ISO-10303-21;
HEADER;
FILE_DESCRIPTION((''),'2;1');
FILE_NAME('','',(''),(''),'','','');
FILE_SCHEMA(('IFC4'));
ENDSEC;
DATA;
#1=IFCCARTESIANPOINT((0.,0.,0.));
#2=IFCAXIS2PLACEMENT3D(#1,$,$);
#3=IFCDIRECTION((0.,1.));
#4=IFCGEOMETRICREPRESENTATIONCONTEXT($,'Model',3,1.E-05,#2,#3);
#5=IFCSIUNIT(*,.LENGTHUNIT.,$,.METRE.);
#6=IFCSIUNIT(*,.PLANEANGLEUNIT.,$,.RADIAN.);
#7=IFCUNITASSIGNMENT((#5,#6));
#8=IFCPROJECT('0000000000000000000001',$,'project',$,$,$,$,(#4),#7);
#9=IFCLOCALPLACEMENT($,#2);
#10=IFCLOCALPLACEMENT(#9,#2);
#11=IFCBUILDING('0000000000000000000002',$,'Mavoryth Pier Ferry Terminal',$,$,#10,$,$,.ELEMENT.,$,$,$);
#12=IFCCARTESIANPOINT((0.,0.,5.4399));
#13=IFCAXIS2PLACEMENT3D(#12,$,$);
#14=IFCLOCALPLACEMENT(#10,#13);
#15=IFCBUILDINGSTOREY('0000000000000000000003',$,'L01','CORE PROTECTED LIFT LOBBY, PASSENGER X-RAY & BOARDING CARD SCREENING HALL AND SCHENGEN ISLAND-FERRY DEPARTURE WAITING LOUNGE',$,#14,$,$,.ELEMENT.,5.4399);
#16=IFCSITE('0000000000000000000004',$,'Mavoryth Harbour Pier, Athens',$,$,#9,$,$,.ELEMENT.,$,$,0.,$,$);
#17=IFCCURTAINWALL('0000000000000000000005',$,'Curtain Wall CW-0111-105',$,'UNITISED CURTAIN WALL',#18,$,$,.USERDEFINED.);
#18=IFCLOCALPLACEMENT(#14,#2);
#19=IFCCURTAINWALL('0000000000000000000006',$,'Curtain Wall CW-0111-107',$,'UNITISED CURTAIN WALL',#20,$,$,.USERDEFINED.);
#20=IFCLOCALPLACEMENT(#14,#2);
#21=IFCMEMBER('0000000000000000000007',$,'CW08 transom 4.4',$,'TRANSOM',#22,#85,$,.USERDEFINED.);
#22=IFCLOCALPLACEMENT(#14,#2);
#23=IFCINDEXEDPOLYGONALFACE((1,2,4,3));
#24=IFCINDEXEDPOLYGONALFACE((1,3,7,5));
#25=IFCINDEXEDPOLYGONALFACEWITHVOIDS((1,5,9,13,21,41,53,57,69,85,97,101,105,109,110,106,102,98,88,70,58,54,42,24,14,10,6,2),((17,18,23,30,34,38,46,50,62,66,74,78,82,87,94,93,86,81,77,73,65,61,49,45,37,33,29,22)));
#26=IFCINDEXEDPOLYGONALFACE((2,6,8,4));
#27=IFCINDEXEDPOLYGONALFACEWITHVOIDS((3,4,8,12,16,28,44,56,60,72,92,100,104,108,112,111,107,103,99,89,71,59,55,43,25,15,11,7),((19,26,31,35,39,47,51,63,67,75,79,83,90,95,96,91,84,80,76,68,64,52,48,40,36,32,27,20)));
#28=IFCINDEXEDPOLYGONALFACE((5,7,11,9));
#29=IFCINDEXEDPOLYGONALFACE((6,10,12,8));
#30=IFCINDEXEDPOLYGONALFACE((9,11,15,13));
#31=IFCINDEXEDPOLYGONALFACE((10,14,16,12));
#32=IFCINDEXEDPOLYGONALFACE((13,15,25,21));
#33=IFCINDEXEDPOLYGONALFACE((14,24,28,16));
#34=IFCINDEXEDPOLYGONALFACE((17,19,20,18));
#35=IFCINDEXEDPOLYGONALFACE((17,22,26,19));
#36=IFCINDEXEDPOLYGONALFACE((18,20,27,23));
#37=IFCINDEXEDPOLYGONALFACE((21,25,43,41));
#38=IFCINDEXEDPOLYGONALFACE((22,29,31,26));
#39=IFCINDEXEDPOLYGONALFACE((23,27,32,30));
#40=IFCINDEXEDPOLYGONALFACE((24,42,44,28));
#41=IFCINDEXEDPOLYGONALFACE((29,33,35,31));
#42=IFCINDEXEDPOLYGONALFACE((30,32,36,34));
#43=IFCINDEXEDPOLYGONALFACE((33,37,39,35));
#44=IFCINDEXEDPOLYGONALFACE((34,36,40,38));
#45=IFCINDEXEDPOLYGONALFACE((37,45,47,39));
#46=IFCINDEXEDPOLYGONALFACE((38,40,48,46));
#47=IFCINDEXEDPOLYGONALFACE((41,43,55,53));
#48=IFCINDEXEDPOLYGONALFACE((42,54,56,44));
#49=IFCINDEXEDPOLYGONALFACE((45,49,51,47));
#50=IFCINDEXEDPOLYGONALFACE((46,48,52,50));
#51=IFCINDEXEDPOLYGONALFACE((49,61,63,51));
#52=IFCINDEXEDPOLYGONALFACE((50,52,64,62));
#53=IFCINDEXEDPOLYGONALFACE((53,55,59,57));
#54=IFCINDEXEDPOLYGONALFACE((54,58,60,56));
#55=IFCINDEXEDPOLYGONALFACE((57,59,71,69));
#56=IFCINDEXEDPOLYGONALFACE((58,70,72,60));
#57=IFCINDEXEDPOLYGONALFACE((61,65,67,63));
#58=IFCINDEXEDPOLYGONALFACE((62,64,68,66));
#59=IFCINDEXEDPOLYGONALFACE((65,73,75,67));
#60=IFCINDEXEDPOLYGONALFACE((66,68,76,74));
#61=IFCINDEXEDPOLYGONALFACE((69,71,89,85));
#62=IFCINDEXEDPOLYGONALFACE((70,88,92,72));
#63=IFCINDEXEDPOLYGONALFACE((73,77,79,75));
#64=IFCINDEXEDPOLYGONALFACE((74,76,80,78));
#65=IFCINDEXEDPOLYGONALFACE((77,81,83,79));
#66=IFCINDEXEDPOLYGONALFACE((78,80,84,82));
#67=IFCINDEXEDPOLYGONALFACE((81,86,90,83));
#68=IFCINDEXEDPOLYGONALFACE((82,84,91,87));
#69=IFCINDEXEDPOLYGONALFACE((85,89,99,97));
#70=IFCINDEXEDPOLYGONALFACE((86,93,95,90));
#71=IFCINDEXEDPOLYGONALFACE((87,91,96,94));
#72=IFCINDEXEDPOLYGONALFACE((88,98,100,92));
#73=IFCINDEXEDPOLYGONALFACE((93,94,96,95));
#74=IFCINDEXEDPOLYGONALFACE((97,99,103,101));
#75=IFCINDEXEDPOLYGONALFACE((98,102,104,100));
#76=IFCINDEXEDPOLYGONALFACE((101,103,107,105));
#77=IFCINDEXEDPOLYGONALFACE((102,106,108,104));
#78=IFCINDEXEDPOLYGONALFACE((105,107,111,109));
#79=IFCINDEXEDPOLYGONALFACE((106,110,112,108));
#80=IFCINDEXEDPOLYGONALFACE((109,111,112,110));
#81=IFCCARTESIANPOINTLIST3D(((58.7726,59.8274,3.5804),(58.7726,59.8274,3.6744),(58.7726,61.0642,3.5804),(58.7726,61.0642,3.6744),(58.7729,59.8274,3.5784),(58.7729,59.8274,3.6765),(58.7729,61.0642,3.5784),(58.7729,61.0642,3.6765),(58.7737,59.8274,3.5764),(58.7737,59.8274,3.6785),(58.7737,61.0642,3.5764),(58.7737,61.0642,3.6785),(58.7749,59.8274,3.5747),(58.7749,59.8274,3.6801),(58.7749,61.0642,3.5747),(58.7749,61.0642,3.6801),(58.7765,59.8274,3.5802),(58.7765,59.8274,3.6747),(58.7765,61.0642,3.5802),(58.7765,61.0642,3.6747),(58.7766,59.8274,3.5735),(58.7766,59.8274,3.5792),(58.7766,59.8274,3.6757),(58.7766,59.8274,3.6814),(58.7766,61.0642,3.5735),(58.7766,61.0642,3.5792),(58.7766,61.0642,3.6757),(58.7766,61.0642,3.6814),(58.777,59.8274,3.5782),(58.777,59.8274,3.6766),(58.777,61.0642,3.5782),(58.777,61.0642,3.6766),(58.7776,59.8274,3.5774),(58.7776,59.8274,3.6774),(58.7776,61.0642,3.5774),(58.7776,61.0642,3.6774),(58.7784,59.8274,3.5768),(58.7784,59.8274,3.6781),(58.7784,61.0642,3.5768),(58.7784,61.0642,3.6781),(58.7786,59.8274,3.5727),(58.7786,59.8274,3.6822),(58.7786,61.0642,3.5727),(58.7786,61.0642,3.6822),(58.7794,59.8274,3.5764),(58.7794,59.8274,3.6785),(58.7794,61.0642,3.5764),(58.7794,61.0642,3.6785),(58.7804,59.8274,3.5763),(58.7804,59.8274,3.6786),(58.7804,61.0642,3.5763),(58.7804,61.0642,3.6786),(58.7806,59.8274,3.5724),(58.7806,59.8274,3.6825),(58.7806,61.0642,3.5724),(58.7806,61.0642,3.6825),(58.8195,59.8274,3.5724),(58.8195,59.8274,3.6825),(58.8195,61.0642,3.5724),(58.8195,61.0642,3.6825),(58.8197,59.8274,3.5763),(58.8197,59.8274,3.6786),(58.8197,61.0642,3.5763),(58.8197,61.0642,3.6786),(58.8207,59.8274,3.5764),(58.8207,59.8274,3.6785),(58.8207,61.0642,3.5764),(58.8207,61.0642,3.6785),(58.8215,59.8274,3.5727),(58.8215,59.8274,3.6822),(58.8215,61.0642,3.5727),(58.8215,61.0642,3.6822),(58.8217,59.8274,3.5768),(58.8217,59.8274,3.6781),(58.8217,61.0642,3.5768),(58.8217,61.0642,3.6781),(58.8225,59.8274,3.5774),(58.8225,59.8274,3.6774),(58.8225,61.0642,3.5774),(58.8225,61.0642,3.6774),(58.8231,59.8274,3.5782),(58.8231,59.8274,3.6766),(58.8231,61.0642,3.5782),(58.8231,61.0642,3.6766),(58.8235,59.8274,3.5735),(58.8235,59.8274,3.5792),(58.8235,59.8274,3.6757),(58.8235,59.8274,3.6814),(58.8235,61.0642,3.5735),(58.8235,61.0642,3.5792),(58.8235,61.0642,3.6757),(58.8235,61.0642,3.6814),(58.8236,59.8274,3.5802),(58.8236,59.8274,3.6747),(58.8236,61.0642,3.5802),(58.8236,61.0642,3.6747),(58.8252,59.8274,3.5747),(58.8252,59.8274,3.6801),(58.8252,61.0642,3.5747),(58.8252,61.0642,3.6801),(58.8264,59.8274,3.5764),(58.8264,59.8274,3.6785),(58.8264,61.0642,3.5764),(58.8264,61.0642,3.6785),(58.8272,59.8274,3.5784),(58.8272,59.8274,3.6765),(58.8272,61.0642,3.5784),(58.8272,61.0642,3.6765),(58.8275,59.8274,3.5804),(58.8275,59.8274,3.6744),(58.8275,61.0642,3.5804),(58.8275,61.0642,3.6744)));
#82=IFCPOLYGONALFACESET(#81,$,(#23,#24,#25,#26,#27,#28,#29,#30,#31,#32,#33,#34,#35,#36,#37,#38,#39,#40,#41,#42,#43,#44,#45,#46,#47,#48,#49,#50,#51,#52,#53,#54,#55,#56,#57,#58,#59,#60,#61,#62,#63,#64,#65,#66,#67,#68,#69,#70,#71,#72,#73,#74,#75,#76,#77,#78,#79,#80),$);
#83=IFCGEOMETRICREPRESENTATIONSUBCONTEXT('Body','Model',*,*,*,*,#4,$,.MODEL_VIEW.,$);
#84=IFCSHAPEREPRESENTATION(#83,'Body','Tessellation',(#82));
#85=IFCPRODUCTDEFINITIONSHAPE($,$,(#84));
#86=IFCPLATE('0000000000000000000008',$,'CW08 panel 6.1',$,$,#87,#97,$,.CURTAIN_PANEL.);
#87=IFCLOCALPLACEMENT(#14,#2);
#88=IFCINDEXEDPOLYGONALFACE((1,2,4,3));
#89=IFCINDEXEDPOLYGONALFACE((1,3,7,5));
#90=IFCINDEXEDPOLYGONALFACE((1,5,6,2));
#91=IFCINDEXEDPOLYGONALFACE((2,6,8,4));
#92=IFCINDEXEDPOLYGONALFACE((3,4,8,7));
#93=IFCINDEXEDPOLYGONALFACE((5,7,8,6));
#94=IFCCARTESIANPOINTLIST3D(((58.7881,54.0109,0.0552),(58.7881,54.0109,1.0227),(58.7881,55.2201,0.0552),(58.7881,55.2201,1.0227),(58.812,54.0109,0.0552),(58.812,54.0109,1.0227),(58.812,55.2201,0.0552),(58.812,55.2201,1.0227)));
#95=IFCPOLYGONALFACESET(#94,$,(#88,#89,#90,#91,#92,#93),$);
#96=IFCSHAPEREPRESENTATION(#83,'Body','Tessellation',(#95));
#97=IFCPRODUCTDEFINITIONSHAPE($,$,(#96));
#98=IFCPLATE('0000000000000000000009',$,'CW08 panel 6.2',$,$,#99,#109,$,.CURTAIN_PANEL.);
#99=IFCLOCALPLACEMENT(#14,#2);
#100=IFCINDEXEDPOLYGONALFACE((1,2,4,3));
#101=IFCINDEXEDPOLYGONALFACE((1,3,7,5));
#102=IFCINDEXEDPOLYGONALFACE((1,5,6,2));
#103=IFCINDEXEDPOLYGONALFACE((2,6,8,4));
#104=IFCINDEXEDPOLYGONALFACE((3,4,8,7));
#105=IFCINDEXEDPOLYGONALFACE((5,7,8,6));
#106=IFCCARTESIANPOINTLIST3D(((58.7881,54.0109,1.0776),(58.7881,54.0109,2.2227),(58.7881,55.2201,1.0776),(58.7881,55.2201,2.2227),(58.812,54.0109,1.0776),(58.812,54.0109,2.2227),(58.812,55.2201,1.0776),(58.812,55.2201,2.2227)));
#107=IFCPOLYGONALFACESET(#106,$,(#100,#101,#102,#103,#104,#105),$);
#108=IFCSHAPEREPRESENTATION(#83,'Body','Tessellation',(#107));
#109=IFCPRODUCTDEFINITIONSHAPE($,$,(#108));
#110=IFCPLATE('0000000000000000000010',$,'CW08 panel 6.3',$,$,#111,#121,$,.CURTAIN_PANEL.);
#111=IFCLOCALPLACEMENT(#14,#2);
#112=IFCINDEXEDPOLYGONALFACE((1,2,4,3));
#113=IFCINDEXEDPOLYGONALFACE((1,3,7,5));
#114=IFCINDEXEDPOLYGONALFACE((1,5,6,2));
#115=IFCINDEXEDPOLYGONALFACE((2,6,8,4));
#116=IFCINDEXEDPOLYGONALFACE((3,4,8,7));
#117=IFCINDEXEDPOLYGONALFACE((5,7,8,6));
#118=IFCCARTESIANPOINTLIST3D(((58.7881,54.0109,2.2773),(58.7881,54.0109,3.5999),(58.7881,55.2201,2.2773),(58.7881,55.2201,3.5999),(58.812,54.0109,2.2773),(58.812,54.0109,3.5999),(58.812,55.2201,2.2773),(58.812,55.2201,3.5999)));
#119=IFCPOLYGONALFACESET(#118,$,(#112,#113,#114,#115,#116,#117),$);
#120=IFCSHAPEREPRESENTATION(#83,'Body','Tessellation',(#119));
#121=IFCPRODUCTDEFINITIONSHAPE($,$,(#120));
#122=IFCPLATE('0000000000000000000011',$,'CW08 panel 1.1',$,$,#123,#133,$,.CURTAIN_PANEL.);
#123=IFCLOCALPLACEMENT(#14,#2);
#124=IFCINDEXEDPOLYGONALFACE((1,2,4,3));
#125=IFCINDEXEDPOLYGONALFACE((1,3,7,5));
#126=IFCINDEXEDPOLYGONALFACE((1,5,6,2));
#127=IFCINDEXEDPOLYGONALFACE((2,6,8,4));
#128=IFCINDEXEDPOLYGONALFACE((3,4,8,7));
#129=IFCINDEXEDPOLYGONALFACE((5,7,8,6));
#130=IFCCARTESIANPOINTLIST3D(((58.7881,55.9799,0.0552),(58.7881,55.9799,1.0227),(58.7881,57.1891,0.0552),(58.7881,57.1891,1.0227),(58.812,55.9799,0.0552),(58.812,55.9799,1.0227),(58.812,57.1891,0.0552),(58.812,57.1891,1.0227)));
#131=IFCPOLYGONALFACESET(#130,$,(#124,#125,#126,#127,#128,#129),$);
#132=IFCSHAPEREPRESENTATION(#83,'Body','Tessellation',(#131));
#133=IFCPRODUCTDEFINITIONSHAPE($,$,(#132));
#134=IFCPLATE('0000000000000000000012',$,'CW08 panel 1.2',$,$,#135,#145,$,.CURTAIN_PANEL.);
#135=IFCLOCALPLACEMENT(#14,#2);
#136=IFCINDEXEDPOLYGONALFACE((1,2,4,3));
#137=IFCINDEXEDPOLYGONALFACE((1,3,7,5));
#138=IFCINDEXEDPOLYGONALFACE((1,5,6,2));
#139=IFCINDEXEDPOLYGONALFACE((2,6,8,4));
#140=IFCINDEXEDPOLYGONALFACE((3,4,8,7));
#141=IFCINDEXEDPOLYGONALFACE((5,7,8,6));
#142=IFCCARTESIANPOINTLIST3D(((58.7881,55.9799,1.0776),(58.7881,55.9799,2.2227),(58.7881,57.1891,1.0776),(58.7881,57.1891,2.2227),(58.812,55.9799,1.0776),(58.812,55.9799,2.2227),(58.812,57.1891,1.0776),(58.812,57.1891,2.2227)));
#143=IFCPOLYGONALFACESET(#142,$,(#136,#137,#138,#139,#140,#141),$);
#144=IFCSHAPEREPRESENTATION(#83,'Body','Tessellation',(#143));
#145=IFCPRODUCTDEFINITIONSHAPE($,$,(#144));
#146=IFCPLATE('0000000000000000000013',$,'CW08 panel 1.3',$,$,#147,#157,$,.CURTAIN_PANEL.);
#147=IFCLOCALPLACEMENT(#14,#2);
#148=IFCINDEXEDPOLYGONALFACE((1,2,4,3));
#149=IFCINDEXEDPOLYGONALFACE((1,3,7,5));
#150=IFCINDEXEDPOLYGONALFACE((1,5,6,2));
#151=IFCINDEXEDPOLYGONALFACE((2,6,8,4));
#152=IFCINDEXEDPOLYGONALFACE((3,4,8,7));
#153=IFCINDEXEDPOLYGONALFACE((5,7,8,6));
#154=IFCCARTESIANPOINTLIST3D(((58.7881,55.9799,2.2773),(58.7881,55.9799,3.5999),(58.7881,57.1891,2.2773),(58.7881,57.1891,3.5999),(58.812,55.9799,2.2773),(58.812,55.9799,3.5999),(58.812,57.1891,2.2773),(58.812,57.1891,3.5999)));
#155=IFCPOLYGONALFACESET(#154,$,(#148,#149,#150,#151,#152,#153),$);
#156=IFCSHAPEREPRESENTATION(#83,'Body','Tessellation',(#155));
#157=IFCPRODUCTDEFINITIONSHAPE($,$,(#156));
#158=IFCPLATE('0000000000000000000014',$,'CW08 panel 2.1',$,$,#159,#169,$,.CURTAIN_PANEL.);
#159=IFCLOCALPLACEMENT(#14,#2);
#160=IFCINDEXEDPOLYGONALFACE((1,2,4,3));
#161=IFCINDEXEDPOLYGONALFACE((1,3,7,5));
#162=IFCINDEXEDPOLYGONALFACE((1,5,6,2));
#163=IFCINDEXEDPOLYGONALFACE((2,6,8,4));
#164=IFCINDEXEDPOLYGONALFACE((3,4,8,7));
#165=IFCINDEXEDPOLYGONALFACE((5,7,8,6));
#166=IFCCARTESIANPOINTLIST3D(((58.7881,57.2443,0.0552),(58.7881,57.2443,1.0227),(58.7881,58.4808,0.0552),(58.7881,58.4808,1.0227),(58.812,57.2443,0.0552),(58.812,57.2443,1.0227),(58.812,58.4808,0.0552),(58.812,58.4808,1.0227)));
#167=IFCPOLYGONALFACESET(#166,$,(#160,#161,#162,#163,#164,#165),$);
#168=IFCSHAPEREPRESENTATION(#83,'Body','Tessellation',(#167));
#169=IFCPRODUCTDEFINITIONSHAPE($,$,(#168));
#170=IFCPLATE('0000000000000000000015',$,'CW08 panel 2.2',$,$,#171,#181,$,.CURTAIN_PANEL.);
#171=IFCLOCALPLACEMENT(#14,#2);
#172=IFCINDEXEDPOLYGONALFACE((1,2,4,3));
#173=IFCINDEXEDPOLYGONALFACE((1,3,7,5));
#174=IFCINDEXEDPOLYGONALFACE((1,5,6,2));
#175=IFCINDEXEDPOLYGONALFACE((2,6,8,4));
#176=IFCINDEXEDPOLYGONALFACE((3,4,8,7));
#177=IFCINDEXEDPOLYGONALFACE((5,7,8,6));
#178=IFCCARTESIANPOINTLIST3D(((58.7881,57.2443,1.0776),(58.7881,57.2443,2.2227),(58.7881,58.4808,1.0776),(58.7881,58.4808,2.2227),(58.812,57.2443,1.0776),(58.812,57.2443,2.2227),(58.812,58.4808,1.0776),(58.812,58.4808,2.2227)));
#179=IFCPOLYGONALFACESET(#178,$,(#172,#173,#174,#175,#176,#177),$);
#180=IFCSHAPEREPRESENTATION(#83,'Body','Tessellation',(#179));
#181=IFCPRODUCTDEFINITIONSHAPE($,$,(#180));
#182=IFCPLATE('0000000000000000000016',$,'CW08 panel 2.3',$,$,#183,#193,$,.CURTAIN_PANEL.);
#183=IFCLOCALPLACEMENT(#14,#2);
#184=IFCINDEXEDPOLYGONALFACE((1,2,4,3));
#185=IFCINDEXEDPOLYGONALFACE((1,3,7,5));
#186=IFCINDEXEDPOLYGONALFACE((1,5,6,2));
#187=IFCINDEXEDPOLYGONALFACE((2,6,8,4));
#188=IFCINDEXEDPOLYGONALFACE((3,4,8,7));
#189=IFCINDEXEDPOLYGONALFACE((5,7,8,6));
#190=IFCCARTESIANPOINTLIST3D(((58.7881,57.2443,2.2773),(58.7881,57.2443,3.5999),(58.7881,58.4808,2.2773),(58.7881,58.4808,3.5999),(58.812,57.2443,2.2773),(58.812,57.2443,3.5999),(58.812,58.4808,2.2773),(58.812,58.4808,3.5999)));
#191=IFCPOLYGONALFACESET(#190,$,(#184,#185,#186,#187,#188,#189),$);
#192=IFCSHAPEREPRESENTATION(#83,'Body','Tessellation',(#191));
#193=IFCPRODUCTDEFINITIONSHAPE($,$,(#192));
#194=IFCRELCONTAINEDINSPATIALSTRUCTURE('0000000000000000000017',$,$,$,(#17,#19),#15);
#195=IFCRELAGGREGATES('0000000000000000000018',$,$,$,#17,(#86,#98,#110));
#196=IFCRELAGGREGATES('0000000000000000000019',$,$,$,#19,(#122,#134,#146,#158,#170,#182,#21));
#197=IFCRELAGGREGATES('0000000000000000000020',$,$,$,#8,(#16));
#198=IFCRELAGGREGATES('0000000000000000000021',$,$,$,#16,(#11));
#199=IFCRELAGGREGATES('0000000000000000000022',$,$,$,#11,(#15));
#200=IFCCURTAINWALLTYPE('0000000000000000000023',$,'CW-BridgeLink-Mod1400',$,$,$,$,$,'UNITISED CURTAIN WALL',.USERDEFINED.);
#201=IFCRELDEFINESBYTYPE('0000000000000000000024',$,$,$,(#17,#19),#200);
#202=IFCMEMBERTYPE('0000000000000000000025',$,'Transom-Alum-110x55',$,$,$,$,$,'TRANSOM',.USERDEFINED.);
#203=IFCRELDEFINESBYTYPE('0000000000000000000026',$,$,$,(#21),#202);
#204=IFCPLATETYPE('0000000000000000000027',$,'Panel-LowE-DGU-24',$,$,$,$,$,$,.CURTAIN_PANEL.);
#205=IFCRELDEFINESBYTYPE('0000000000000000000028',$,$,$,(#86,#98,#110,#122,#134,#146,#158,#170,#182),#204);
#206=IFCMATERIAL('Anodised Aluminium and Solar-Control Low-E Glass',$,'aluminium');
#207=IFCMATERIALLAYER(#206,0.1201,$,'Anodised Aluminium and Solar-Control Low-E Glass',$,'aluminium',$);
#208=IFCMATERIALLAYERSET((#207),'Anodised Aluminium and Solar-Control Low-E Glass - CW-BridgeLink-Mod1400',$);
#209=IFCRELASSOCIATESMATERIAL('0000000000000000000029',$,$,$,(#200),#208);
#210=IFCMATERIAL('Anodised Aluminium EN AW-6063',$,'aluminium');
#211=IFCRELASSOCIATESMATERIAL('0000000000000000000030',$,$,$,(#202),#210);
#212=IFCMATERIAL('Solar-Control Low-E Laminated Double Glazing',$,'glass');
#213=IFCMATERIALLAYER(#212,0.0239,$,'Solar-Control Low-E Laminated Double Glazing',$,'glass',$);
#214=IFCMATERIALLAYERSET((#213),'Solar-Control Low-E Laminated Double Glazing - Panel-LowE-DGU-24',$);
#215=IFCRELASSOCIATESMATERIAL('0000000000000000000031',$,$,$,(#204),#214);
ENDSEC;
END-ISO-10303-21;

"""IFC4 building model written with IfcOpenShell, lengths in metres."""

from ifc_helpers import new_model, si_unit, direction, frame, origin, origin_2d, place, context, subcontext, project, spatial, rectangle, hollow_rectangle, extrude, material, layer, layer_set, material_profile, profile_set, type_object, element, aggregate, save


model = new_model("IFC4")

# Units and contexts
model_context = context("Model", 3, precision=1e-05, world=origin(), true_north=direction((0.0, 1.0)))
body_context = subcontext(model_context, "Body", "Model", "MODEL_VIEW")
ifc_project = project(units=[si_unit("LENGTHUNIT", "METRE"), si_unit("PLANEANGLEUNIT", "RADIAN")], contexts=[model_context])

# Site, building, storey
site_placement = place(None, origin())
site = spatial("IfcSite", under=ifc_project, at=site_placement, Name="Mavoryth Harbour Pier, Athens", CompositionType="ELEMENT", RefElevation=0.0)
building_placement = place(site_placement, origin())
building = spatial("IfcBuilding", under=site, at=building_placement, Name="Mavoryth Pier Ferry Terminal", CompositionType="ELEMENT")
storey_placement = place(building_placement, frame((0.0, 0.0, 5.4399)))
storey = spatial("IfcBuildingStorey", under=building, at=storey_placement, Name="L01", Description="CORE PROTECTED LIFT LOBBY, PASSENGER X-RAY & BOARDING CARD SCREENING HALL AND SCHENGEN ISLAND-FERRY DEPARTURE WAITING LOUNGE", CompositionType="ELEMENT", Elevation=5.4399)

# Curtain wall
ifc_material_1 = material(Name="Anodised Aluminium and Solar-Control Low-E Glass", Category="aluminium")
ifc_layer_1 = layer(ifc_material_1, 0.1201, Name="Anodised Aluminium and Solar-Control Low-E Glass", Category="aluminium")
ifc_layer_set_1 = layer_set([ifc_layer_1], Name="Anodised Aluminium and Solar-Control Low-E Glass - CW-BridgeLink-Mod1400")
curtain_wall_type = type_object("IfcCurtainWallType", Name="CW-BridgeLink-Mod1400", ElementType="UNITISED CURTAIN WALL", PredefinedType="USERDEFINED", material=ifc_layer_set_1)
curtain_wall_1_placement = place(storey_placement, origin())
curtain_wall_1 = element("IfcCurtainWall", 1, at=curtain_wall_1_placement, inside=storey, type_object=curtain_wall_type, Name="Curtain Wall CW-0111-105", ObjectType="UNITISED CURTAIN WALL", PredefinedType="USERDEFINED")
ifc_material_2 = material(Name="Anodised Aluminium EN AW-6063", Category="aluminium")

# Curtain wall
curtain_wall_2_placement = place(storey_placement, origin())
curtain_wall_2 = element("IfcCurtainWall", 2, at=curtain_wall_2_placement, inside=storey, type_object=curtain_wall_type, Name="Curtain Wall CW-0111-107", ObjectType="UNITISED CURTAIN WALL", PredefinedType="USERDEFINED")

# Member
ifc_material_profile_1 = material_profile(ifc_material_2, hollow_rectangle(XDim=0.0549, YDim=0.1101, WallThickness=0.0039, InnerFilletRadius=0.0039, OuterFilletRadius=0.0081, at=origin_2d()), Name="AL-TRAN 110x55x4", Category="aluminium")
ifc_profile_set_1 = profile_set([ifc_material_profile_1], Name="Anodised Aluminium EN AW-6063 - AL-TRAN 110x55x4")
member_type_1 = type_object("IfcMemberType", Name="Transom-Alum-110x55", ElementType="TRANSOM", PredefinedType="USERDEFINED", material=ifc_profile_set_1)
member_1_placement = place(storey_placement, frame((58.8, 59.8274, 3.6274), z_axis=(0.0, 1.0, 0.0), x_axis=(-1.0, 0.0, 0.0)))
member_1 = element("IfcMember", 3, at=member_1_placement, type_object=member_type_1, Name="CW08 transom 4.4", ObjectType="TRANSOM", PredefinedType="USERDEFINED", context=body_context, shape_type="SweptSolid", body=[
    extrude(hollow_rectangle(XDim=0.0549, YDim=0.1101, WallThickness=0.0039, InnerFilletRadius=0.0039, OuterFilletRadius=0.0081, at=origin_2d()), origin(), (0.0, 0.0, 1.0), 1.2368),
])

# Plates
ifc_material_3 = material(Name="Solar-Control Low-E Laminated Double Glazing", Category="glass")
ifc_layer_2 = layer(ifc_material_3, 0.0239, Name="Solar-Control Low-E Laminated Double Glazing", Category="glass")
ifc_layer_set_2 = layer_set([ifc_layer_2], Name="Solar-Control Low-E Laminated Double Glazing - Panel-LowE-DGU-24")
plate_type = type_object("IfcPlateType", Name="Panel-LowE-DGU-24", PredefinedType="CURTAIN_PANEL", material=ifc_layer_set_2)
plate_1_placement = place(storey_placement, frame((58.8, 54.6155, 0.0552), z_axis=(0.0, 0.0, 1.0), x_axis=(0.0, 1.0, 0.0)))
plate_1 = element("IfcPlate", 4, at=plate_1_placement, type_object=plate_type, Name="CW08 panel 6.1", PredefinedType="CURTAIN_PANEL", context=body_context, shape_type="SweptSolid", body=[
    extrude(rectangle(XDim=1.2092, YDim=0.0239, at=origin_2d()), origin(), (0.0, 0.0, 1.0), 0.9675),
])
plate_2_placement = place(storey_placement, frame((58.8, 54.6155, 1.0776), z_axis=(0.0, 0.0, 1.0), x_axis=(0.0, 1.0, 0.0)))
plate_2 = element("IfcPlate", 5, at=plate_2_placement, type_object=plate_type, Name="CW08 panel 6.2", PredefinedType="CURTAIN_PANEL", context=body_context, shape_type="SweptSolid", body=[
    extrude(rectangle(XDim=1.2092, YDim=0.0239, at=origin_2d()), origin(), (0.0, 0.0, 1.0), 1.145),
])
plate_3_placement = place(storey_placement, frame((58.8, 54.6155, 2.2773), z_axis=(0.0, 0.0, 1.0), x_axis=(0.0, 1.0, 0.0)))
plate_3 = element("IfcPlate", 6, at=plate_3_placement, type_object=plate_type, Name="CW08 panel 6.3", PredefinedType="CURTAIN_PANEL", context=body_context, shape_type="SweptSolid", body=[
    extrude(rectangle(XDim=1.2092, YDim=0.0239, at=origin_2d()), origin(), (0.0, 0.0, 1.0), 1.3225),
])
aggregate(curtain_wall_1, [plate_1, plate_2, plate_3])
plate_4_placement = place(storey_placement, frame((58.8, 56.5845, 0.0552), z_axis=(0.0, 0.0, 1.0), x_axis=(0.0, 1.0, 0.0)))
plate_4 = element("IfcPlate", 7, at=plate_4_placement, type_object=plate_type, Name="CW08 panel 1.1", PredefinedType="CURTAIN_PANEL", context=body_context, shape_type="SweptSolid", body=[
    extrude(rectangle(XDim=1.2092, YDim=0.0239, at=origin_2d()), origin(), (0.0, 0.0, 1.0), 0.9675),
])
plate_5_placement = place(storey_placement, frame((58.8, 56.5845, 1.0776), z_axis=(0.0, 0.0, 1.0), x_axis=(0.0, 1.0, 0.0)))
plate_5 = element("IfcPlate", 8, at=plate_5_placement, type_object=plate_type, Name="CW08 panel 1.2", PredefinedType="CURTAIN_PANEL", context=body_context, shape_type="SweptSolid", body=[
    extrude(rectangle(XDim=1.2092, YDim=0.0239, at=origin_2d()), origin(), (0.0, 0.0, 1.0), 1.145),
])
plate_6_placement = place(storey_placement, frame((58.8, 56.5845, 2.2773), z_axis=(0.0, 0.0, 1.0), x_axis=(0.0, 1.0, 0.0)))
plate_6 = element("IfcPlate", 9, at=plate_6_placement, type_object=plate_type, Name="CW08 panel 1.3", PredefinedType="CURTAIN_PANEL", context=body_context, shape_type="SweptSolid", body=[
    extrude(rectangle(XDim=1.2092, YDim=0.0239, at=origin_2d()), origin(), (0.0, 0.0, 1.0), 1.3225),
])
plate_7_placement = place(storey_placement, frame((58.8, 57.8625, 0.0552), z_axis=(0.0, 0.0, 1.0), x_axis=(0.0, 1.0, 0.0)))
plate_7 = element("IfcPlate", 10, at=plate_7_placement, type_object=plate_type, Name="CW08 panel 2.1", PredefinedType="CURTAIN_PANEL", context=body_context, shape_type="SweptSolid", body=[
    extrude(rectangle(XDim=1.2366, YDim=0.0239, at=origin_2d()), origin(), (0.0, 0.0, 1.0), 0.9675),
])
plate_8_placement = place(storey_placement, frame((58.8, 57.8625, 1.0776), z_axis=(0.0, 0.0, 1.0), x_axis=(0.0, 1.0, 0.0)))
plate_8 = element("IfcPlate", 11, at=plate_8_placement, type_object=plate_type, Name="CW08 panel 2.2", PredefinedType="CURTAIN_PANEL", context=body_context, shape_type="SweptSolid", body=[
    extrude(rectangle(XDim=1.2366, YDim=0.0239, at=origin_2d()), origin(), (0.0, 0.0, 1.0), 1.145),
])
plate_9_placement = place(storey_placement, frame((58.8, 57.8625, 2.2773), z_axis=(0.0, 0.0, 1.0), x_axis=(0.0, 1.0, 0.0)))
plate_9 = element("IfcPlate", 12, at=plate_9_placement, type_object=plate_type, Name="CW08 panel 2.3", PredefinedType="CURTAIN_PANEL", context=body_context, shape_type="SweptSolid", body=[
    extrude(rectangle(XDim=1.2366, YDim=0.0239, at=origin_2d()), origin(), (0.0, 0.0, 1.0), 1.3225),
])
aggregate(curtain_wall_2, [plate_4, plate_5, plate_6, plate_7, plate_8, plate_9, member_1])

save(model, "model.ifc")
